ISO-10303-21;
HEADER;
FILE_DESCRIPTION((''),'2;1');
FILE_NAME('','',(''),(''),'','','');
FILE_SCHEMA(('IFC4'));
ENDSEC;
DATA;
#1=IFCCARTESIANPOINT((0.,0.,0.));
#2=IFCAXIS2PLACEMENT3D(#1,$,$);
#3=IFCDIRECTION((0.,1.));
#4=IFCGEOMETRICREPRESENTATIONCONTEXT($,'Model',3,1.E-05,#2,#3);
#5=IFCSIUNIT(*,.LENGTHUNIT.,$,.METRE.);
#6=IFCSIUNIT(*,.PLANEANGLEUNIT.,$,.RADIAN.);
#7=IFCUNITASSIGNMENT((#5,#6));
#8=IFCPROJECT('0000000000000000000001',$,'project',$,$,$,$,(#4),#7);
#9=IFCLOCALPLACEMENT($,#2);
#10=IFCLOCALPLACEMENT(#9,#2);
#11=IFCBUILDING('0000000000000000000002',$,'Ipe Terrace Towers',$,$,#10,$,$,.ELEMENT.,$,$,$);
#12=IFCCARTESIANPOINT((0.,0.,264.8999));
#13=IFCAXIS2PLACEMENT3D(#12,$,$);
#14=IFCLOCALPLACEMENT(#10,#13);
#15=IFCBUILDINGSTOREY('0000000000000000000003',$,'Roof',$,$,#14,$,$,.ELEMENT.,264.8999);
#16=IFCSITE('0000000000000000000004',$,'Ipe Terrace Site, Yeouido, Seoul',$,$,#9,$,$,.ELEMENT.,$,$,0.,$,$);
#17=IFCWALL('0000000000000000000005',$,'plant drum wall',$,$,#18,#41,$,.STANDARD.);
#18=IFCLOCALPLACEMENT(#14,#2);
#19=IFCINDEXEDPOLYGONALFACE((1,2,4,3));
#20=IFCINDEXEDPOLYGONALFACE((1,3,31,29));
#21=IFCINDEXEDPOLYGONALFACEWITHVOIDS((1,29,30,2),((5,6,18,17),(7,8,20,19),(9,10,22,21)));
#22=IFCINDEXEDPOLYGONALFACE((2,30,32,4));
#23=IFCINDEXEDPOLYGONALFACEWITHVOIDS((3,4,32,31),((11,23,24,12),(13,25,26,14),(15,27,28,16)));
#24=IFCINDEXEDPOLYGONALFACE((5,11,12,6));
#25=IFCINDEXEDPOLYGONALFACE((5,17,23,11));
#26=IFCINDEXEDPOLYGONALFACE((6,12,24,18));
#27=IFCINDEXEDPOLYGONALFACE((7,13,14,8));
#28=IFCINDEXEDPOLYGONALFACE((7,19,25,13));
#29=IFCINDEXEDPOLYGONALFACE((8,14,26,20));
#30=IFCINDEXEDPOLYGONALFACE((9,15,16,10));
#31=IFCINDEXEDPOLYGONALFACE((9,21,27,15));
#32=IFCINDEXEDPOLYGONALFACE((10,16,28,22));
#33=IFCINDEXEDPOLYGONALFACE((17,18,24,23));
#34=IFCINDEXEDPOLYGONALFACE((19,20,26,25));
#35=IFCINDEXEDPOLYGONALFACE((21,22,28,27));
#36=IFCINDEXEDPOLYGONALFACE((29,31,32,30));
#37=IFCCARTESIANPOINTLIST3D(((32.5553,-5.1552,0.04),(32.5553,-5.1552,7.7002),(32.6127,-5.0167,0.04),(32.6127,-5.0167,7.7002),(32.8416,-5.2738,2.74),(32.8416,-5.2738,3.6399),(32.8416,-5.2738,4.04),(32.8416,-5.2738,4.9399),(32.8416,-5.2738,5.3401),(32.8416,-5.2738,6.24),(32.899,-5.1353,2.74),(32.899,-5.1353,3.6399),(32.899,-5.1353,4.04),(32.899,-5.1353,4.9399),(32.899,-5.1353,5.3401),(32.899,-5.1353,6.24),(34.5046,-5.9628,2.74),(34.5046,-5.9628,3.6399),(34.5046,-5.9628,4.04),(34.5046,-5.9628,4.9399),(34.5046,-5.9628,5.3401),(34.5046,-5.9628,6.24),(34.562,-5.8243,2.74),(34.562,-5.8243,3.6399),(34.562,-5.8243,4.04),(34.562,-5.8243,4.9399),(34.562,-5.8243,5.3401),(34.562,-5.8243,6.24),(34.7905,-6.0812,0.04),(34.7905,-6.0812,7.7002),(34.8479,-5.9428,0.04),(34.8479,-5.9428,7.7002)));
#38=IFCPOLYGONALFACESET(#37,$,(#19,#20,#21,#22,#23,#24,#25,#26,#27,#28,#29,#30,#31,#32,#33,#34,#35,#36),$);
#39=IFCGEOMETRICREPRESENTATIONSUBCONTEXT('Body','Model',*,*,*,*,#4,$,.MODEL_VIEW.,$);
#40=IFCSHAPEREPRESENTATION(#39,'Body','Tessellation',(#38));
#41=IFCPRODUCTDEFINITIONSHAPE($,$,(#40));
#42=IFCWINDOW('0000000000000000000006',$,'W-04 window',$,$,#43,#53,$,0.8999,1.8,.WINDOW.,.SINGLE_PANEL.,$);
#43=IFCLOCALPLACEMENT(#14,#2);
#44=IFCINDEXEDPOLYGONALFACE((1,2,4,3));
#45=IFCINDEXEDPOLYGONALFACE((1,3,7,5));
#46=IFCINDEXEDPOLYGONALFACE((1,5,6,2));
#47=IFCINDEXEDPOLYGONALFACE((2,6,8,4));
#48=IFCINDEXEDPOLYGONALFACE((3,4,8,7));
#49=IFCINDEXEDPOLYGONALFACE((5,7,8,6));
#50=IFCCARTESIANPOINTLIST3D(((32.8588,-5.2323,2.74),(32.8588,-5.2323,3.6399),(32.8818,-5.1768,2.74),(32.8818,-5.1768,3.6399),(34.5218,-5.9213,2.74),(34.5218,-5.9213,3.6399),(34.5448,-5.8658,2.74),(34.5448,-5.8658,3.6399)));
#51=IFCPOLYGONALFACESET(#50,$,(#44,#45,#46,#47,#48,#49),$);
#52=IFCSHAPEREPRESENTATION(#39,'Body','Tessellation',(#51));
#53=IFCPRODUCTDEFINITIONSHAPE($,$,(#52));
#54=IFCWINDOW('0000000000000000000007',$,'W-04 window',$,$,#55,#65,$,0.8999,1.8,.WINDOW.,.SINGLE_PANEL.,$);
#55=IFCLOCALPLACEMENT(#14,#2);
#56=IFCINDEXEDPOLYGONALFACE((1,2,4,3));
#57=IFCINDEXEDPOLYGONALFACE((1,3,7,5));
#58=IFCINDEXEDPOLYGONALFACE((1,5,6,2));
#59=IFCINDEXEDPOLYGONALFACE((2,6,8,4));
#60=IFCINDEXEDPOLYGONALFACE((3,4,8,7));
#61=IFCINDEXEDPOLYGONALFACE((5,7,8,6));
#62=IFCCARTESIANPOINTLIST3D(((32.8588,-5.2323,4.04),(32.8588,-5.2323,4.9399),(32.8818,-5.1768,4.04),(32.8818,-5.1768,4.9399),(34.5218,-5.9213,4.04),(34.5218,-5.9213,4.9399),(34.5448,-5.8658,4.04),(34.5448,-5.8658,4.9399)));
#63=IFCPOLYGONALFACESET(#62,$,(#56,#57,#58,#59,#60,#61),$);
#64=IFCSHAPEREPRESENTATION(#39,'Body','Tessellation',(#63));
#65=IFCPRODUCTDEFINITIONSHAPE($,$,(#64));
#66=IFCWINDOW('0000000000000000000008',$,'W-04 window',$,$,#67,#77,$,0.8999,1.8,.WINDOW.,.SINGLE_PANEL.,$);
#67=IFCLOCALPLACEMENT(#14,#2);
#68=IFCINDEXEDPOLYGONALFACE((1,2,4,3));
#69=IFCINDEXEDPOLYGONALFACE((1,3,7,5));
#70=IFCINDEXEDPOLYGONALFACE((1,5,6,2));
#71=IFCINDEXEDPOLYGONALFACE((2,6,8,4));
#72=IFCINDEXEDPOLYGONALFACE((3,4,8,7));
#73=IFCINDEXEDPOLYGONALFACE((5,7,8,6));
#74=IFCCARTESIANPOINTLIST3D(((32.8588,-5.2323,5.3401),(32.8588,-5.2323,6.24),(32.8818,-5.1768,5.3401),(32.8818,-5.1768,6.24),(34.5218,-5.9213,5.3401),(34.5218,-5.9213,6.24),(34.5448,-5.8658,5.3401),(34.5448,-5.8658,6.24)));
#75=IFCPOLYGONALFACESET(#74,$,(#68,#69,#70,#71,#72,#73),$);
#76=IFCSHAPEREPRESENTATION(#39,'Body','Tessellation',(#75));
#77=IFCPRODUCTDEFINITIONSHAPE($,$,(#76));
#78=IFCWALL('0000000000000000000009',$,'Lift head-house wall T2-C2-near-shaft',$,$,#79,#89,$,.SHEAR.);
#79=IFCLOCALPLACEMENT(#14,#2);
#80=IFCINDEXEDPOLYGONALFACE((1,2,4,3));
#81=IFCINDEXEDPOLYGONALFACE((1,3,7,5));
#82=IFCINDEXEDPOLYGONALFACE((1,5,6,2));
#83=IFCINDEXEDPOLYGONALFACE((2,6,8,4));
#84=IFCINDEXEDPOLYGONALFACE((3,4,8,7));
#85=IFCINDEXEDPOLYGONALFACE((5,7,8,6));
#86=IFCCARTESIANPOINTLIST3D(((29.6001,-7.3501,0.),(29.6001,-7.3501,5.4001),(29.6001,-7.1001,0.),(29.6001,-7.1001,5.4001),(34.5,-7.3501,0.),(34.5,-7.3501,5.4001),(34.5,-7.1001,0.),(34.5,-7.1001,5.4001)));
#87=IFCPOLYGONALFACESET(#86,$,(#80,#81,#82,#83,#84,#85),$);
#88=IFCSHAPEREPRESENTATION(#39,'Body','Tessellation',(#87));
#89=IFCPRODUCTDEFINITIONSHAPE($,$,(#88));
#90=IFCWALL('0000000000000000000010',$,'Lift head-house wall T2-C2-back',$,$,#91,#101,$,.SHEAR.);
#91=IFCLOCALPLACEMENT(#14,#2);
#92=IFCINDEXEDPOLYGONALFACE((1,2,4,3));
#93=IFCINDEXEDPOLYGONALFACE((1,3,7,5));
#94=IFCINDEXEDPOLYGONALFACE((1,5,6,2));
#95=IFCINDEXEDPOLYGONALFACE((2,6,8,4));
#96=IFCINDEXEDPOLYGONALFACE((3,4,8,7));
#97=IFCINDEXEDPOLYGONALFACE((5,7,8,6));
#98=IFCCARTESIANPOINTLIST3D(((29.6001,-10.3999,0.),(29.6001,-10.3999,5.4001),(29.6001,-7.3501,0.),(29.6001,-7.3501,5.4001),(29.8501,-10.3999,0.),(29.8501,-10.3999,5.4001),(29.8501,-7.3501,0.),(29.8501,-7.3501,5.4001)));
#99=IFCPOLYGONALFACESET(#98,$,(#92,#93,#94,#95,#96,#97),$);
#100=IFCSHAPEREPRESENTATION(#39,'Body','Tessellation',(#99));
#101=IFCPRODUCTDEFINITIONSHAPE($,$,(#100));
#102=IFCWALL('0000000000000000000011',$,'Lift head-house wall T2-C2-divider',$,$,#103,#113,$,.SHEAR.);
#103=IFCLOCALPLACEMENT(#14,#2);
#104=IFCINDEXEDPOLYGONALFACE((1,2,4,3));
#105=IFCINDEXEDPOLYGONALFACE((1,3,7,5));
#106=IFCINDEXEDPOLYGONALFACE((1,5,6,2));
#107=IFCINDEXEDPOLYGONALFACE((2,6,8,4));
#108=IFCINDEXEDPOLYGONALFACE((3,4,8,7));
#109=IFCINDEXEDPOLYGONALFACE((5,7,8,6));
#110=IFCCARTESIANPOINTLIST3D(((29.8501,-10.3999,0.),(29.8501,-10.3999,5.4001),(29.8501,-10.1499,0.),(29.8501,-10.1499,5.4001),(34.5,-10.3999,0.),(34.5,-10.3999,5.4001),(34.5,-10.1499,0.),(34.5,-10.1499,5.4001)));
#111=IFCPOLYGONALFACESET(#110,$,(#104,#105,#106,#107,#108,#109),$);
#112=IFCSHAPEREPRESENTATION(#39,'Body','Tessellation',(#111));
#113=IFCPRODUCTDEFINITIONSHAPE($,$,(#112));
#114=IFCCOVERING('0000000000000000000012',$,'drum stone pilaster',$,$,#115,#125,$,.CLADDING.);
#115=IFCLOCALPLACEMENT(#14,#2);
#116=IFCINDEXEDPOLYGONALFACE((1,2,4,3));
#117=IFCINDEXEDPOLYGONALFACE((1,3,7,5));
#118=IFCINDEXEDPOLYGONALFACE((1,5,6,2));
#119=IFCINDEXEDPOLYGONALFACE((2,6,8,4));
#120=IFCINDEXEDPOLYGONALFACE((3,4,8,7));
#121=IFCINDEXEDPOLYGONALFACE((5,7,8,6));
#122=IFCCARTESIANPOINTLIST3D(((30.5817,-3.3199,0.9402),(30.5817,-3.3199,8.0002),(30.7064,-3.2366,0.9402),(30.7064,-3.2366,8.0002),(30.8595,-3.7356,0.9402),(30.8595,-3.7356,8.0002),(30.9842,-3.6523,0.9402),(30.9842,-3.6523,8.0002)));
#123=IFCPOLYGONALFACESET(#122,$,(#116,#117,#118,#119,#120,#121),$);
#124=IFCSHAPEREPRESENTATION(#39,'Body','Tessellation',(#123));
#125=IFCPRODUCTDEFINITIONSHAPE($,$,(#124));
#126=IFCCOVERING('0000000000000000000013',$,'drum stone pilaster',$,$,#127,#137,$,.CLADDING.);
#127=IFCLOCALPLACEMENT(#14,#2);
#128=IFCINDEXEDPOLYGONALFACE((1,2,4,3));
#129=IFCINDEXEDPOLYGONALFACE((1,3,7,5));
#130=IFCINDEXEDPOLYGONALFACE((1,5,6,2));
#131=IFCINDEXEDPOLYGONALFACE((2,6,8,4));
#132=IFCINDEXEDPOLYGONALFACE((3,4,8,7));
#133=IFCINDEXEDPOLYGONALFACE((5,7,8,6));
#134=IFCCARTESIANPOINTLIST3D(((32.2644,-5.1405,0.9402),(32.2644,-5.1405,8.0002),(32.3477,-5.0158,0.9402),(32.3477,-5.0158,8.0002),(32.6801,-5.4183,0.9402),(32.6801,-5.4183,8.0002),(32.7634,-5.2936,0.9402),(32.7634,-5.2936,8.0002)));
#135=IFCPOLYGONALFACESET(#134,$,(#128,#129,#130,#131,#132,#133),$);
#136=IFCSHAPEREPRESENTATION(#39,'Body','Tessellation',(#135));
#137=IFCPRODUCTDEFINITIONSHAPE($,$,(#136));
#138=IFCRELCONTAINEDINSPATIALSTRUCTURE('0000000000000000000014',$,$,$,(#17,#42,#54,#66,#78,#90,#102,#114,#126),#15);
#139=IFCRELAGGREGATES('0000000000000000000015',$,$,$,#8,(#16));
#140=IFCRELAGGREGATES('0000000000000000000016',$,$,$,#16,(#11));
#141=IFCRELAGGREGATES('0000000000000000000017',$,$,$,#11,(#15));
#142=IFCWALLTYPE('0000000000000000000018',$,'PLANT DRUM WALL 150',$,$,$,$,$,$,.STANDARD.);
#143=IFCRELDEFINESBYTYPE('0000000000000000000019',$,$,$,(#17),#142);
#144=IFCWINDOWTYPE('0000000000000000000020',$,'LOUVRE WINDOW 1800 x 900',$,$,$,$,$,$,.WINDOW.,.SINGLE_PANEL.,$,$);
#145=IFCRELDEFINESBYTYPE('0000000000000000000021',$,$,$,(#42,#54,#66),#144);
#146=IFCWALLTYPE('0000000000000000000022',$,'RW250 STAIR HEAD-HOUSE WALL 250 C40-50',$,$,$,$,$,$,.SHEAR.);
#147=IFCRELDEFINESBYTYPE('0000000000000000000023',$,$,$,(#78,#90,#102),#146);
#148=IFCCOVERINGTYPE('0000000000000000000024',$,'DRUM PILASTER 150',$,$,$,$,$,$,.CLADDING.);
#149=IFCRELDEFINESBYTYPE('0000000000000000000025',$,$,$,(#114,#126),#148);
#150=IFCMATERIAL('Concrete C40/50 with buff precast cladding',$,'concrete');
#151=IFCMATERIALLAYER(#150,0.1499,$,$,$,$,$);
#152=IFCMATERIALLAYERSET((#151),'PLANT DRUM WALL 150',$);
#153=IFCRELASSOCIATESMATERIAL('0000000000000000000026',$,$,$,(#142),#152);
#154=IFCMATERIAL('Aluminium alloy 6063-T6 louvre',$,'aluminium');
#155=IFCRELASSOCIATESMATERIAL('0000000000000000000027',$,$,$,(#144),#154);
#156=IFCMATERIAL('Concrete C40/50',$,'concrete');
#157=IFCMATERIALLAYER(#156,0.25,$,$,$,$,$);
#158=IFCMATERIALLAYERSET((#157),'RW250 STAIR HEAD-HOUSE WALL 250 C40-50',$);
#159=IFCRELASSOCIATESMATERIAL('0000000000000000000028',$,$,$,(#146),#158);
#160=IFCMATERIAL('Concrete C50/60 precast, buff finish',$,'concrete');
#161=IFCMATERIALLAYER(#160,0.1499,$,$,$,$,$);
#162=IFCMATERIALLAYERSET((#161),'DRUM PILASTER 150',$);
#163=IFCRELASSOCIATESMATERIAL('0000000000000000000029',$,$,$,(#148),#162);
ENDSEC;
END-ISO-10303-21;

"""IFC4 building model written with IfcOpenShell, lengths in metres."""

from ifc_helpers import new_model, si_unit, direction, frame, frame_2d, origin, origin_2d, place, context, subcontext, project, spatial, rectangle, extrude, material, layer, layer_set, type_object, element, fill, save


model = new_model("IFC4")

# Units and contexts
model_context = context("Model", 3, precision=1e-05, world=origin(), true_north=direction((0.0, 1.0)))
body_context = subcontext(model_context, "Body", "Model", "MODEL_VIEW")
ifc_project = project(units=[si_unit("LENGTHUNIT", "METRE"), si_unit("PLANEANGLEUNIT", "RADIAN")], contexts=[model_context])

# Site, building, storey
site_placement = place(None, origin())
site = spatial("IfcSite", under=ifc_project, at=site_placement, Name="Ipe Terrace Site, Yeouido, Seoul", CompositionType="ELEMENT", RefElevation=0.0)
building_placement = place(site_placement, origin())
building = spatial("IfcBuilding", under=site, at=building_placement, Name="Ipe Terrace Towers", CompositionType="ELEMENT")
storey_placement = place(building_placement, frame((0.0, 0.0, 264.8999)))
storey = spatial("IfcBuildingStorey", under=building, at=storey_placement, Name="Roof", CompositionType="ELEMENT", Elevation=264.8999)

# Wall, openings, windows
ifc_material_1 = material(Name="Concrete C40/50 with buff precast cladding", Category="concrete")
ifc_layer_1 = layer(ifc_material_1, 0.1499)
ifc_layer_set_1 = layer_set([ifc_layer_1], Name="PLANT DRUM WALL 150")
wall_type_1 = type_object("IfcWallType", Name="PLANT DRUM WALL 150", PredefinedType="STANDARD", material=ifc_layer_set_1)
ifc_material_2 = material(Name="Aluminium alloy 6063-T6 louvre", Category="aluminium")
window_type = type_object("IfcWindowType", Name="LOUVRE WINDOW 1800 x 900", PartitioningType="SINGLE_PANEL", PredefinedType="WINDOW", material=ifc_material_2)
wall_1_placement = place(storey_placement, frame((32.584, -5.0859, 0.04), z_axis=(0.0, 0.0, 1.0), x_axis=(0.923848, -0.382759, 0.0)))
wall_1 = element("IfcWall", 1, at=wall_1_placement, inside=storey, type_object=wall_type_1, Name="plant drum wall", PredefinedType="STANDARD", context=body_context, shape_type="SweptSolid", body=[
    extrude(rectangle(XDim=2.4194, YDim=0.1499, at=frame_2d((1.2097, 0.0))), origin(), (0.0, 0.0, 1.0), 7.6602),
])
opening_1_placement = place(wall_1_placement, frame((0.3101, 0.0, 2.7)))
opening_1 = element("IfcOpeningElement", 2, at=opening_1_placement, cuts=wall_1, PredefinedType="OPENING", context=body_context, shape_type="SweptSolid", body=[
    extrude(rectangle(XDim=1.8, YDim=0.8999, at=frame_2d((0.8999, 0.45))), frame((0.0, 0.085, 0.0), z_axis=(0.0, -1.0, 0.0), x_axis=(1.0, 0.0, 0.0)), (0.0, 0.0, 1.0), 0.1699),
])
opening_2_placement = place(wall_1_placement, frame((0.3101, 0.0, 4.0)))
opening_2 = element("IfcOpeningElement", 3, at=opening_2_placement, cuts=wall_1, PredefinedType="OPENING", context=body_context, shape_type="SweptSolid", body=[
    extrude(rectangle(XDim=1.8, YDim=0.8999, at=frame_2d((0.8999, 0.45))), frame((0.0, 0.085, 0.0), z_axis=(0.0, -1.0, 0.0), x_axis=(1.0, 0.0, 0.0)), (0.0, 0.0, 1.0), 0.1699),
])
opening_3_placement = place(wall_1_placement, frame((0.3101, 0.0, 5.3)))
opening_3 = element("IfcOpeningElement", 4, at=opening_3_placement, cuts=wall_1, PredefinedType="OPENING", context=body_context, shape_type="SweptSolid", body=[
    extrude(rectangle(XDim=1.8, YDim=0.8999, at=frame_2d((0.8999, 0.45))), frame((0.0, 0.085, 0.0), z_axis=(0.0, -1.0, 0.0), x_axis=(1.0, 0.0, 0.0)), (0.0, 0.0, 1.0), 0.1699),
])
window_1_placement = place(opening_1_placement, origin())
window_1 = element("IfcWindow", 5, at=window_1_placement, inside=storey, type_object=window_type, Name="W-04 window", OverallHeight=0.8999, OverallWidth=1.8, PartitioningType="SINGLE_PANEL", PredefinedType="WINDOW", context=body_context, shape_type="SweptSolid", body=[
    extrude(rectangle(XDim=1.8, YDim=0.8999, at=frame_2d((0.8999, 0.45))), frame((0.0, 0.03, 0.0), z_axis=(0.0, -1.0, 0.0), x_axis=(1.0, 0.0, 0.0)), (0.0, 0.0, 1.0), 0.0601),
])
fill(opening_1, window_1)
window_2_placement = place(opening_2_placement, origin())
window_2 = element("IfcWindow", 6, at=window_2_placement, inside=storey, type_object=window_type, Name="W-04 window", OverallHeight=0.8999, OverallWidth=1.8, PartitioningType="SINGLE_PANEL", PredefinedType="WINDOW", context=body_context, shape_type="SweptSolid", body=[
    extrude(rectangle(XDim=1.8, YDim=0.8999, at=frame_2d((0.8999, 0.45))), frame((0.0, 0.03, 0.0), z_axis=(0.0, -1.0, 0.0), x_axis=(1.0, 0.0, 0.0)), (0.0, 0.0, 1.0), 0.0601),
])
fill(opening_2, window_2)
window_3_placement = place(opening_3_placement, origin())
window_3 = element("IfcWindow", 7, at=window_3_placement, inside=storey, type_object=window_type, Name="W-04 window", OverallHeight=0.8999, OverallWidth=1.8, PartitioningType="SINGLE_PANEL", PredefinedType="WINDOW", context=body_context, shape_type="SweptSolid", body=[
    extrude(rectangle(XDim=1.8, YDim=0.8999, at=frame_2d((0.8999, 0.45))), frame((0.0, 0.03, 0.0), z_axis=(0.0, -1.0, 0.0), x_axis=(1.0, 0.0, 0.0)), (0.0, 0.0, 1.0), 0.0601),
])
fill(opening_3, window_3)

# Walls
ifc_material_3 = material(Name="Concrete C40/50", Category="concrete")
ifc_layer_2 = layer(ifc_material_3, 0.25)
ifc_layer_set_2 = layer_set([ifc_layer_2], Name="RW250 STAIR HEAD-HOUSE WALL 250 C40-50")
wall_type_2 = type_object("IfcWallType", Name="RW250 STAIR HEAD-HOUSE WALL 250 C40-50", PredefinedType="SHEAR", material=ifc_layer_set_2)
wall_2_placement = place(storey_placement, frame((29.6001, -7.2251, 0.0), z_axis=(0.0, 0.0, 1.0), x_axis=(1.0, 0.0, 0.0)))
element("IfcWall", 8, at=wall_2_placement, inside=storey, type_object=wall_type_2, Name="Lift head-house wall T2-C2-near-shaft", PredefinedType="SHEAR", context=body_context, shape_type="SweptSolid", body=[
    extrude(rectangle(XDim=4.8999, YDim=0.25, at=frame_2d((2.45, 0.0))), origin(), (0.0, 0.0, 1.0), 5.4001),
])
wall_3_placement = place(storey_placement, frame((29.7251, -7.3501, 0.0), z_axis=(0.0, 0.0, 1.0), x_axis=(0.0, -1.0, 0.0)))
element("IfcWall", 9, at=wall_3_placement, inside=storey, type_object=wall_type_2, Name="Lift head-house wall T2-C2-back", PredefinedType="SHEAR", context=body_context, shape_type="SweptSolid", body=[
    extrude(rectangle(XDim=3.0498, YDim=0.25, at=frame_2d((1.5249, 0.0))), origin(), (0.0, 0.0, 1.0), 5.4001),
])
wall_4_placement = place(storey_placement, frame((29.8501, -10.2749, 0.0), z_axis=(0.0, 0.0, 1.0), x_axis=(1.0, 0.0, 0.0)))
element("IfcWall", 10, at=wall_4_placement, inside=storey, type_object=wall_type_2, Name="Lift head-house wall T2-C2-divider", PredefinedType="SHEAR", context=body_context, shape_type="SweptSolid", body=[
    extrude(rectangle(XDim=4.6499, YDim=0.25, at=frame_2d((2.325, 0.0))), origin(), (0.0, 0.0, 1.0), 5.4001),
])

# Coverings
ifc_material_4 = material(Name="Concrete C50/60 precast, buff finish", Category="concrete")
ifc_layer_3 = layer(ifc_material_4, 0.1499)
ifc_layer_set_3 = layer_set([ifc_layer_3], Name="DRUM PILASTER 150")
covering_type = type_object("IfcCoveringType", Name="DRUM PILASTER 150", PredefinedType="CLADDING", material=ifc_layer_set_3)
for number, where, z_axis, x_axis, name in (
    (11, (30.783, -3.4861, 0.9402), (0.0, 0.0, 1.0), (-0.83147, -0.55557, 0.0), "drum stone pilaster"),
    (12, (32.5139, -5.217, 0.9402), (0.0, 0.0, 1.0), (-0.55557, -0.83147, 0.0), "drum stone pilaster"),
):
    element("IfcCovering", number, at=place(storey_placement, frame(where, z_axis=z_axis, x_axis=x_axis)), inside=storey, type_object=covering_type, Name=name, PredefinedType="CLADDING", context=body_context, shape_type="SweptSolid", body=[
        extrude(rectangle(XDim=0.1499, YDim=0.5, at=origin_2d()), origin(), (0.0, 0.0, 1.0), 7.0601),
    ])

save(model, "model.ifc")
